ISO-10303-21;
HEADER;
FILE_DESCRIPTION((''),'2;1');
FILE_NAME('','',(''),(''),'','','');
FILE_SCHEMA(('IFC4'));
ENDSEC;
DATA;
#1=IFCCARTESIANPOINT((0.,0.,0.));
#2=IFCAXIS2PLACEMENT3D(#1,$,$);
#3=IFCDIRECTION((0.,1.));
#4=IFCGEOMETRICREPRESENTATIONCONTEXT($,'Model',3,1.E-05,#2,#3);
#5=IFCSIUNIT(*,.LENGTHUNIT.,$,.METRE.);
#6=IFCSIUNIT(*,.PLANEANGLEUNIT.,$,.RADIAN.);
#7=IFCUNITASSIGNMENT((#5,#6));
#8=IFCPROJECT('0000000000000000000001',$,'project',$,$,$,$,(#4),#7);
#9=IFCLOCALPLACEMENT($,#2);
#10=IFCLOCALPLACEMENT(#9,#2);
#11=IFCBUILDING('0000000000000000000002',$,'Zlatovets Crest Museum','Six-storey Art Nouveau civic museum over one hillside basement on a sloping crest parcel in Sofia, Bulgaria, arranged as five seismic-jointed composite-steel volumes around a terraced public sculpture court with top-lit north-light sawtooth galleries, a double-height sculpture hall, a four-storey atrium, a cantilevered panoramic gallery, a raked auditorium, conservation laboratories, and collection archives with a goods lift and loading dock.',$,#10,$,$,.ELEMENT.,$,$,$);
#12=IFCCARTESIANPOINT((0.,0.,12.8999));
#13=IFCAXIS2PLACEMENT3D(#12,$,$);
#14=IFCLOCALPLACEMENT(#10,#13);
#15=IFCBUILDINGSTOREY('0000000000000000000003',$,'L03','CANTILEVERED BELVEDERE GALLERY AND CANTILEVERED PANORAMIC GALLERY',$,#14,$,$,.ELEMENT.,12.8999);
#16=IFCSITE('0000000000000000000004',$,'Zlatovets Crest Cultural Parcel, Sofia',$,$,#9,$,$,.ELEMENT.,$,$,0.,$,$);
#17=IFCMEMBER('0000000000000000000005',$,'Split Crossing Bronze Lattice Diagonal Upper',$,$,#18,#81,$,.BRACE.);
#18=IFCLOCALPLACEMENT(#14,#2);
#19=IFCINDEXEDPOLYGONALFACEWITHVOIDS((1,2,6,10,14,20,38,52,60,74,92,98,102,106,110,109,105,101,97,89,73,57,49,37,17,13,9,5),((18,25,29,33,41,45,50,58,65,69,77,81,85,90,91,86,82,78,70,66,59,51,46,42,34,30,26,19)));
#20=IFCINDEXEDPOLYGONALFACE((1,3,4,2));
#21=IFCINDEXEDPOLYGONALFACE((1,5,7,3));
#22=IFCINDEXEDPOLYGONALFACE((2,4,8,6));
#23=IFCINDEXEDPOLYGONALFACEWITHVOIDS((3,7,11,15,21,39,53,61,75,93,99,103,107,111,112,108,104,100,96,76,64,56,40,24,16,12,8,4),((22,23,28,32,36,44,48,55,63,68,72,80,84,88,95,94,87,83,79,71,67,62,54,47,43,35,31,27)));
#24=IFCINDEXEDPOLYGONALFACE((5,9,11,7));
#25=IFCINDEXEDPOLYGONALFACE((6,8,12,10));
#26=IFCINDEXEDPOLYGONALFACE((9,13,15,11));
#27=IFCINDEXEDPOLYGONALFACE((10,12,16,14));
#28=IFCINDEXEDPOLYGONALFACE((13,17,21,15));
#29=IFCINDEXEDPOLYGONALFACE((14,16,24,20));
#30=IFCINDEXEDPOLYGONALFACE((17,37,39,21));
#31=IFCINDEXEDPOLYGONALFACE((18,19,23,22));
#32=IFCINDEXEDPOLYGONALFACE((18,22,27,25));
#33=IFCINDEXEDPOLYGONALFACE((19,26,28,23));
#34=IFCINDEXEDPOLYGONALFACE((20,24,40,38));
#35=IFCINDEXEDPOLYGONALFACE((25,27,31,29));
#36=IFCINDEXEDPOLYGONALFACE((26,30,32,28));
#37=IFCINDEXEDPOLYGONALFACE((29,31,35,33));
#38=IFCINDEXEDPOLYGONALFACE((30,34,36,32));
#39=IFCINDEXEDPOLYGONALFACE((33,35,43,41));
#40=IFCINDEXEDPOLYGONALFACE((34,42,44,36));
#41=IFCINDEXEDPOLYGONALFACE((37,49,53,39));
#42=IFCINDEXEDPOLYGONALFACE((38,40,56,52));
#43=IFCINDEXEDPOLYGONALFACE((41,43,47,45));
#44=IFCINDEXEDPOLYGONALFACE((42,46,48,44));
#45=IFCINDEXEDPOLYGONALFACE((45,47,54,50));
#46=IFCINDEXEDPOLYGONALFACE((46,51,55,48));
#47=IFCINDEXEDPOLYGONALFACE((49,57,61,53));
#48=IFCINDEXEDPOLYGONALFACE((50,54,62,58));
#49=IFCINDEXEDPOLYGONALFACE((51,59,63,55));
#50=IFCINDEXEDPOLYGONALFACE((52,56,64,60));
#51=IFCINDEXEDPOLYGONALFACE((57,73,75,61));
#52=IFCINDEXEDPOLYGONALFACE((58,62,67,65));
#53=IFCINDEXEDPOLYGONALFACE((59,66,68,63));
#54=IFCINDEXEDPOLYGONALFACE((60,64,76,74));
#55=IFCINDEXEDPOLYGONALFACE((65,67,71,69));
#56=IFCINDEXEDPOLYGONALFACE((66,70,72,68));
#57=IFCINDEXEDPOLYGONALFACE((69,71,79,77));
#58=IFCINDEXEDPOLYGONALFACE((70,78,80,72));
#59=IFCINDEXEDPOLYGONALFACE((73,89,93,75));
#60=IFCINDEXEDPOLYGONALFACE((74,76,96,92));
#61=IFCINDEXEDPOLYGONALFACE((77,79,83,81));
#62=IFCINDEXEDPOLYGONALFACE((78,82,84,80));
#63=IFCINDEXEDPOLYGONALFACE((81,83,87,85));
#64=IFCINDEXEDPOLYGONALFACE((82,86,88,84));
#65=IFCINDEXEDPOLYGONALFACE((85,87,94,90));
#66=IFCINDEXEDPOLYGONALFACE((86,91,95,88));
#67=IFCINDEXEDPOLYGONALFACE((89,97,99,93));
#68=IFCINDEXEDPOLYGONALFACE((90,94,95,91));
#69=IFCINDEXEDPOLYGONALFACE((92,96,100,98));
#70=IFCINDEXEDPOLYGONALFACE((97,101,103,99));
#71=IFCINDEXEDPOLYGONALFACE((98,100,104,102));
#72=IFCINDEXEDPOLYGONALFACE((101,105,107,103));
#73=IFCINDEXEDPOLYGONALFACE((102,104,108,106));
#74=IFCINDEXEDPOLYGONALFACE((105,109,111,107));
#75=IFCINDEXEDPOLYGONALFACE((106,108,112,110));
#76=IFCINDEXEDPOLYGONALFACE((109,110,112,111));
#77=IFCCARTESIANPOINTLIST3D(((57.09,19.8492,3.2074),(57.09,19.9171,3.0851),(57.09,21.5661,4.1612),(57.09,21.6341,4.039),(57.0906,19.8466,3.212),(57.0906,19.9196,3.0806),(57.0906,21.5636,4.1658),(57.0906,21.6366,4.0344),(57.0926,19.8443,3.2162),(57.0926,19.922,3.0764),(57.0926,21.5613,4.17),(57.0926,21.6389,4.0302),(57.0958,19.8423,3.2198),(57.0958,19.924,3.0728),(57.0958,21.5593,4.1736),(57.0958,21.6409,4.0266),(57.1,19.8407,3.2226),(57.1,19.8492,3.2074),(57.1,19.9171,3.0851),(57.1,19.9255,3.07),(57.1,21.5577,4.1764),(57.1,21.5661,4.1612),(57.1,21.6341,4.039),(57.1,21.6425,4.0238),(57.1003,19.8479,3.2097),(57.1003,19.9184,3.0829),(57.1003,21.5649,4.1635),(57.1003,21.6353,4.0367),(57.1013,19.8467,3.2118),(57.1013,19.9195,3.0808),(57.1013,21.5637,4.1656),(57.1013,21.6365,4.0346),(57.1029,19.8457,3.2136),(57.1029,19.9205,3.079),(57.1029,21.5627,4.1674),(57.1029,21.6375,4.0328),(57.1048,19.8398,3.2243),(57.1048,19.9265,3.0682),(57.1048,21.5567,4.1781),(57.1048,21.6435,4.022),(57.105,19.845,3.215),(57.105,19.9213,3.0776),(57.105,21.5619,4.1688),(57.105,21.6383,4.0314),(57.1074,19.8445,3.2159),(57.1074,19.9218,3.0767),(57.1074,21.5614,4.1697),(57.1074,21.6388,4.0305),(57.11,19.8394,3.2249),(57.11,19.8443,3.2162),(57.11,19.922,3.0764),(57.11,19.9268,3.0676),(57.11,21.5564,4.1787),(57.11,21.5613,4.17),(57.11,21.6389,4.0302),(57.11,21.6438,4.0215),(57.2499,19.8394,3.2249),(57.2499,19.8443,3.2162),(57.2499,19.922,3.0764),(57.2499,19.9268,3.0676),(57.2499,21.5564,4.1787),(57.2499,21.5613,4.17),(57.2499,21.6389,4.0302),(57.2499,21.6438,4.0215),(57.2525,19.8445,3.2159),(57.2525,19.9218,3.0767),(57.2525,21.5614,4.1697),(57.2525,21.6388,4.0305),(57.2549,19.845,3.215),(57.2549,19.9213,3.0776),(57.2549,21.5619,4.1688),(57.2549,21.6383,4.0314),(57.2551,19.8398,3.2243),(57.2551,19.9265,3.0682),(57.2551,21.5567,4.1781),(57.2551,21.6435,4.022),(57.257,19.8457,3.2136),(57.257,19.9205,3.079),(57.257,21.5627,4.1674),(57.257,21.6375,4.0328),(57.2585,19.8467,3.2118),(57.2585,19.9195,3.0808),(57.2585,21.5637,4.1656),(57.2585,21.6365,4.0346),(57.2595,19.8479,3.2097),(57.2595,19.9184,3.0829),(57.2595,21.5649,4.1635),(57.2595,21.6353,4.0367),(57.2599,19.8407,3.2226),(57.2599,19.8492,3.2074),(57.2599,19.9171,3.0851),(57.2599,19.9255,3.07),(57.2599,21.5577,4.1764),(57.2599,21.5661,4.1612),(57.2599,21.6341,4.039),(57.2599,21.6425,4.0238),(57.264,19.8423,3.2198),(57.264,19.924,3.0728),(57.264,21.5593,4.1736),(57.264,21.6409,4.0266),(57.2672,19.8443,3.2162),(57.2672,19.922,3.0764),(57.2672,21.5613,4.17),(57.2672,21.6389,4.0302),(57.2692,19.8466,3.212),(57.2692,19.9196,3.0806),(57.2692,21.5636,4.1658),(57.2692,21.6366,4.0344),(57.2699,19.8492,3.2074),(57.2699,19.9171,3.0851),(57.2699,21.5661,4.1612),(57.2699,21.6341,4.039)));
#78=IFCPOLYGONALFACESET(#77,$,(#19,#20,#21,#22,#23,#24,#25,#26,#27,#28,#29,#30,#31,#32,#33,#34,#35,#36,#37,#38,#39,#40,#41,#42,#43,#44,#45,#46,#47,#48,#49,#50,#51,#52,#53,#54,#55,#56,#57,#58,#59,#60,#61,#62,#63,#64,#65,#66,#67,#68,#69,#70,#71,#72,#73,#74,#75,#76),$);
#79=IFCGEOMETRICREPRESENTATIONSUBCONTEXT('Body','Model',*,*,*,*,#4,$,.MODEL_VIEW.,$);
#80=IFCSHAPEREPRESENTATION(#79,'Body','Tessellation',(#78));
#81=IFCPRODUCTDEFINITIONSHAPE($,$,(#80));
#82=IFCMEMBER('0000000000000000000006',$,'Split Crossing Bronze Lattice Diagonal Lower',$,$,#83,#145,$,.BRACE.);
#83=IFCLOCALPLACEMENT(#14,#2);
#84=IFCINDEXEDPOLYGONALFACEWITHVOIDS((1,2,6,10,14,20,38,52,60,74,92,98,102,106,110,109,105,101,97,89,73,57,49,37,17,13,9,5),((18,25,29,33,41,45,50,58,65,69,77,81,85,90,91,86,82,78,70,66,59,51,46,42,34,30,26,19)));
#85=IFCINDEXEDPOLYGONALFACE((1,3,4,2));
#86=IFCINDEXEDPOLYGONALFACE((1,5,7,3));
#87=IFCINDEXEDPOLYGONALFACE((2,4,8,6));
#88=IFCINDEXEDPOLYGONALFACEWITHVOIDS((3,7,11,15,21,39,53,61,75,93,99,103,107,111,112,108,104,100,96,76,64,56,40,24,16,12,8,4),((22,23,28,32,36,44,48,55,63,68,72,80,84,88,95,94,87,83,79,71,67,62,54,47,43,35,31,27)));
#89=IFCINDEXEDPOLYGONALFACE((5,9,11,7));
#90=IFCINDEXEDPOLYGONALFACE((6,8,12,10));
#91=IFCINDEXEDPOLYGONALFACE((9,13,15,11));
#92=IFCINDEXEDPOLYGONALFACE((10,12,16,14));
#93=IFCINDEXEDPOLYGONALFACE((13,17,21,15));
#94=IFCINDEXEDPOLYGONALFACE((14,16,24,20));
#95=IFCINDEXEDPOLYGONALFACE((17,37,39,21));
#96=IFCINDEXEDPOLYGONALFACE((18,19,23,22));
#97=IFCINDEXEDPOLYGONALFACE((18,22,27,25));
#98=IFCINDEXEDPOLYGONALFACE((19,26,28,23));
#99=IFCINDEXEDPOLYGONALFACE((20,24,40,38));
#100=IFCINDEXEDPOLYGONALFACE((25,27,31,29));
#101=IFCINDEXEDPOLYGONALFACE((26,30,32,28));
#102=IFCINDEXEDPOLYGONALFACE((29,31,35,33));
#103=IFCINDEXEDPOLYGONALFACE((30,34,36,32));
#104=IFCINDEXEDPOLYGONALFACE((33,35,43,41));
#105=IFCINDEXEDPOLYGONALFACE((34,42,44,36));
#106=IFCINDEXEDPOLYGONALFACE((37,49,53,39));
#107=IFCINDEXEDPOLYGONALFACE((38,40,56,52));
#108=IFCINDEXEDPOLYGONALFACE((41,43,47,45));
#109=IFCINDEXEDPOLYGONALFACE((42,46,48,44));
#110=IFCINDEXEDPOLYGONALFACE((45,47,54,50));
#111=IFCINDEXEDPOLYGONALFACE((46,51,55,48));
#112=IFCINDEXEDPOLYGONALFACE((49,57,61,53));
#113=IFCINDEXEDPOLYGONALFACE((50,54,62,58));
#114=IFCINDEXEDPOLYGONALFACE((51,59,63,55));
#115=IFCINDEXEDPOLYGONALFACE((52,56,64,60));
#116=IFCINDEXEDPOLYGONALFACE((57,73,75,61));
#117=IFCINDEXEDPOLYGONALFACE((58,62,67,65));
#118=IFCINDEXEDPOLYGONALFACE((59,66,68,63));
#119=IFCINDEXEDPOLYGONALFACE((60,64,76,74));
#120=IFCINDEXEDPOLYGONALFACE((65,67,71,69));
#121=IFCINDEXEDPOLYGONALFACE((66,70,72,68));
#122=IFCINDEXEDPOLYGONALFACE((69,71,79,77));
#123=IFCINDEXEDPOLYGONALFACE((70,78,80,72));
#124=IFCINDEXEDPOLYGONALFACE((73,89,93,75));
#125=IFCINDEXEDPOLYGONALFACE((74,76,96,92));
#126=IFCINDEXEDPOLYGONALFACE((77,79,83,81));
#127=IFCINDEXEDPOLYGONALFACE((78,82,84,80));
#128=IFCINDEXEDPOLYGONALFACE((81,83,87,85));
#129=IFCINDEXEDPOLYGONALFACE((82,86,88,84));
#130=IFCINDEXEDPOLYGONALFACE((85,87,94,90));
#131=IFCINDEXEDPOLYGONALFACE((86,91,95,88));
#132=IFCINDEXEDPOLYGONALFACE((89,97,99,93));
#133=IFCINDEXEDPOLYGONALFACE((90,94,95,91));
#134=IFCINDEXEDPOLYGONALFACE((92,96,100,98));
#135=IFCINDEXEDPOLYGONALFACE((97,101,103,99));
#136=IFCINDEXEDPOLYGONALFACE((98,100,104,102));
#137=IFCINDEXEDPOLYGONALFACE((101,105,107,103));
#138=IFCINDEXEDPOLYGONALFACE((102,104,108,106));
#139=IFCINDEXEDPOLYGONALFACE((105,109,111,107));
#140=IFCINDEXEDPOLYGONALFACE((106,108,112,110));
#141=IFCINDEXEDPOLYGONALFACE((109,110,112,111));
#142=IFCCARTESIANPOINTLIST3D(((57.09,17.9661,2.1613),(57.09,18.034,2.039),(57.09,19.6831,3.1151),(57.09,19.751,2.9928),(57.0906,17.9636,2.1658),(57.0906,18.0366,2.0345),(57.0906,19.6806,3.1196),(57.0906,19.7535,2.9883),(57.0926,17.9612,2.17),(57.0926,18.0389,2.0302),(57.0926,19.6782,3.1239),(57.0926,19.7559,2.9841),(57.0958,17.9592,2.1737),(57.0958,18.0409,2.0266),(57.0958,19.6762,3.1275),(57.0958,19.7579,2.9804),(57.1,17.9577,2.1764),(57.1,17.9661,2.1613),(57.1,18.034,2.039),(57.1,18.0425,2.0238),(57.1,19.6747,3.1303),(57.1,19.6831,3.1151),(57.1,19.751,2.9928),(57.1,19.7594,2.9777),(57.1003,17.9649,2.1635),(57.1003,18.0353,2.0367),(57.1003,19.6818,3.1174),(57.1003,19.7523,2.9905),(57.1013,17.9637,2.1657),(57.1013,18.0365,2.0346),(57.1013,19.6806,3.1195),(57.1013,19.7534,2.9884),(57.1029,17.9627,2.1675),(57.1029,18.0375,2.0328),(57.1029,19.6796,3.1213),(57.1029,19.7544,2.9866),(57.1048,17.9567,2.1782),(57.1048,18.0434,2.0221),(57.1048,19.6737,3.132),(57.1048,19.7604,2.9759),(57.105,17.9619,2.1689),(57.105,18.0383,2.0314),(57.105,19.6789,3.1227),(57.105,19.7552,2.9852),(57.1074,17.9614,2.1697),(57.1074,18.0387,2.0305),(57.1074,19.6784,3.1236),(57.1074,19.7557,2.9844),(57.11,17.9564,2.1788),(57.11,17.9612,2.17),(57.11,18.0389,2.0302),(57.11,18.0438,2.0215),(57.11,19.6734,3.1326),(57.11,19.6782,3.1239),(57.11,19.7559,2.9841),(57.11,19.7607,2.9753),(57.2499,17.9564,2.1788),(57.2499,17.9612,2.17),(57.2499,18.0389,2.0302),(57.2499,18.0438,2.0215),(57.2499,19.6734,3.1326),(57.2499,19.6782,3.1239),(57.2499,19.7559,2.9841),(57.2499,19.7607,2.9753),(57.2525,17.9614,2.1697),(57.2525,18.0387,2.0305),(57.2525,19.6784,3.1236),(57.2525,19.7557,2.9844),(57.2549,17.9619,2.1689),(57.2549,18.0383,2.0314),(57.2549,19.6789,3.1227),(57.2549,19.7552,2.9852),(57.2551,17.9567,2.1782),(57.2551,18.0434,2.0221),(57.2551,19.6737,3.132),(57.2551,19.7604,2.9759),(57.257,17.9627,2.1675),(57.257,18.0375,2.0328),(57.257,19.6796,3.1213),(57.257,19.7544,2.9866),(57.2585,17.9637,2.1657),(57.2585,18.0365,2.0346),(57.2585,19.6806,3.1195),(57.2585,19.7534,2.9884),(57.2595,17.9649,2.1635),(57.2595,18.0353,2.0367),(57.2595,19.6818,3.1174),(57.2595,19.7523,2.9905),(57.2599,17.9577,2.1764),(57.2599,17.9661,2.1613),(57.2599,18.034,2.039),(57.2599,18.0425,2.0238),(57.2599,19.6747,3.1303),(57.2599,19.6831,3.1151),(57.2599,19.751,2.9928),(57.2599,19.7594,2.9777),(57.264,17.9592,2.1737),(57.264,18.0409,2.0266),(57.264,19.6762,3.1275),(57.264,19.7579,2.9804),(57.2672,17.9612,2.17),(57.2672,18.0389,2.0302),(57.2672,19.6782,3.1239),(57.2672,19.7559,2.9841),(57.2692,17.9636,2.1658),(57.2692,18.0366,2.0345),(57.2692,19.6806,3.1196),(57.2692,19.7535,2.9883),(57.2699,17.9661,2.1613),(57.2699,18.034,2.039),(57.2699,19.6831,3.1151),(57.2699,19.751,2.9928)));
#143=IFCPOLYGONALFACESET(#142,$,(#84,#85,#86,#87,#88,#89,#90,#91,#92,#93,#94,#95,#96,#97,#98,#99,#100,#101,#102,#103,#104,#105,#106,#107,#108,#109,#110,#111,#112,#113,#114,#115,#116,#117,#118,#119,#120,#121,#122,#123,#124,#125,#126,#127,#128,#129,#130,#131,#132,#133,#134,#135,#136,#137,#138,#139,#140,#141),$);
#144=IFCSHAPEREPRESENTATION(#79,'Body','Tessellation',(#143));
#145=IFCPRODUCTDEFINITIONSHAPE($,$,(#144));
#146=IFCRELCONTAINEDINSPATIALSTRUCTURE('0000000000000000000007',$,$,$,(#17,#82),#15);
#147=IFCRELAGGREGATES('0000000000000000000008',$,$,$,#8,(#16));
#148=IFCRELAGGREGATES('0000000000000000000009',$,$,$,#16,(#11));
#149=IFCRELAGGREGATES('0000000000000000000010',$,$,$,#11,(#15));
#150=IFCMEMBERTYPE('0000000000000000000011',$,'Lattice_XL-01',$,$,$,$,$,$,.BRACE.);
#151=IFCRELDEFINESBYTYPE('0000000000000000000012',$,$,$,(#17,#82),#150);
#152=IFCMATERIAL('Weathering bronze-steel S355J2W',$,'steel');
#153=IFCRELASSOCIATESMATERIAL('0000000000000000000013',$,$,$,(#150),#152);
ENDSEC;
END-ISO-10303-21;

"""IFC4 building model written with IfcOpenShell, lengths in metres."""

from ifc_helpers import new_model, si_unit, direction, frame, origin, origin_2d, place, context, subcontext, project, spatial, hollow_rectangle, extrude, material, material_profile, profile_set, type_object, element, save


model = new_model("IFC4")

# Units and contexts
model_context = context("Model", 3, precision=1e-05, world=origin(), true_north=direction((0.0, 1.0)))
body_context = subcontext(model_context, "Body", "Model", "MODEL_VIEW")
ifc_project = project(units=[si_unit("LENGTHUNIT", "METRE"), si_unit("PLANEANGLEUNIT", "RADIAN")], contexts=[model_context])

# Site, building, storey
site_placement = place(None, origin())
site = spatial("IfcSite", under=ifc_project, at=site_placement, Name="Zlatovets Crest Cultural Parcel, Sofia", CompositionType="ELEMENT", RefElevation=0.0)
building_placement = place(site_placement, origin())
building = spatial("IfcBuilding", under=site, at=building_placement, Name="Zlatovets Crest Museum", Description="Six-storey Art Nouveau civic museum over one hillside basement on a sloping crest parcel in Sofia, Bulgaria, arranged as five seismic-jointed composite-steel volumes around a terraced public sculpture court with top-lit north-light sawtooth galleries, a double-height sculpture hall, a four-storey atrium, a cantilevered panoramic gallery, a raked auditorium, conservation laboratories, and collection archives with a goods lift and loading dock.", CompositionType="ELEMENT")
storey_placement = place(building_placement, frame((0.0, 0.0, 12.8999)))
storey = spatial("IfcBuildingStorey", under=building, at=storey_placement, Name="L03", Description="CANTILEVERED BELVEDERE GALLERY AND CANTILEVERED PANORAMIC GALLERY", CompositionType="ELEMENT", Elevation=12.8999)

# Members
ifc_material_1 = material(Name="Weathering bronze-steel S355J2W", Category="steel")
ifc_material_profile_1 = material_profile(ifc_material_1, hollow_rectangle(XDim=0.1799, YDim=0.1799, WallThickness=0.01, InnerFilletRadius=0.01, OuterFilletRadius=0.02, at=origin_2d()), Name="SHS 180x180x10.0")
ifc_profile_set_1 = profile_set([ifc_material_profile_1], Name="Weathering bronze-steel S355J2W")
member_type_1 = type_object("IfcMemberType", Name="Lattice_XL-01", PredefinedType="BRACE", material=ifc_profile_set_1)
for number, where, z_axis, x_axis, name in (
    (1, (57.1799, 21.6001, 4.1001), (0.0, -0.874169, -0.485622), (1.0, 0.0, 0.0), "Split Crossing Bronze Lattice Diagonal Upper"),
    (2, (57.1799, 19.717, 3.054), (0.0, -0.874169, -0.485622), (1.0, 0.0, 0.0), "Split Crossing Bronze Lattice Diagonal Lower"),
):
    element("IfcMember", number, at=place(storey_placement, frame(where, z_axis=z_axis, x_axis=x_axis)), inside=storey, type_object=member_type_1, Name=name, PredefinedType="BRACE", context=body_context, shape_type="SweptSolid", body=[
        extrude(hollow_rectangle(XDim=0.1799, YDim=0.1799, WallThickness=0.01, InnerFilletRadius=0.01, OuterFilletRadius=0.02, at=origin_2d()), origin(), (0.0, 0.0, 1.0), 1.9641),
    ])

save(model, "model.ifc")
